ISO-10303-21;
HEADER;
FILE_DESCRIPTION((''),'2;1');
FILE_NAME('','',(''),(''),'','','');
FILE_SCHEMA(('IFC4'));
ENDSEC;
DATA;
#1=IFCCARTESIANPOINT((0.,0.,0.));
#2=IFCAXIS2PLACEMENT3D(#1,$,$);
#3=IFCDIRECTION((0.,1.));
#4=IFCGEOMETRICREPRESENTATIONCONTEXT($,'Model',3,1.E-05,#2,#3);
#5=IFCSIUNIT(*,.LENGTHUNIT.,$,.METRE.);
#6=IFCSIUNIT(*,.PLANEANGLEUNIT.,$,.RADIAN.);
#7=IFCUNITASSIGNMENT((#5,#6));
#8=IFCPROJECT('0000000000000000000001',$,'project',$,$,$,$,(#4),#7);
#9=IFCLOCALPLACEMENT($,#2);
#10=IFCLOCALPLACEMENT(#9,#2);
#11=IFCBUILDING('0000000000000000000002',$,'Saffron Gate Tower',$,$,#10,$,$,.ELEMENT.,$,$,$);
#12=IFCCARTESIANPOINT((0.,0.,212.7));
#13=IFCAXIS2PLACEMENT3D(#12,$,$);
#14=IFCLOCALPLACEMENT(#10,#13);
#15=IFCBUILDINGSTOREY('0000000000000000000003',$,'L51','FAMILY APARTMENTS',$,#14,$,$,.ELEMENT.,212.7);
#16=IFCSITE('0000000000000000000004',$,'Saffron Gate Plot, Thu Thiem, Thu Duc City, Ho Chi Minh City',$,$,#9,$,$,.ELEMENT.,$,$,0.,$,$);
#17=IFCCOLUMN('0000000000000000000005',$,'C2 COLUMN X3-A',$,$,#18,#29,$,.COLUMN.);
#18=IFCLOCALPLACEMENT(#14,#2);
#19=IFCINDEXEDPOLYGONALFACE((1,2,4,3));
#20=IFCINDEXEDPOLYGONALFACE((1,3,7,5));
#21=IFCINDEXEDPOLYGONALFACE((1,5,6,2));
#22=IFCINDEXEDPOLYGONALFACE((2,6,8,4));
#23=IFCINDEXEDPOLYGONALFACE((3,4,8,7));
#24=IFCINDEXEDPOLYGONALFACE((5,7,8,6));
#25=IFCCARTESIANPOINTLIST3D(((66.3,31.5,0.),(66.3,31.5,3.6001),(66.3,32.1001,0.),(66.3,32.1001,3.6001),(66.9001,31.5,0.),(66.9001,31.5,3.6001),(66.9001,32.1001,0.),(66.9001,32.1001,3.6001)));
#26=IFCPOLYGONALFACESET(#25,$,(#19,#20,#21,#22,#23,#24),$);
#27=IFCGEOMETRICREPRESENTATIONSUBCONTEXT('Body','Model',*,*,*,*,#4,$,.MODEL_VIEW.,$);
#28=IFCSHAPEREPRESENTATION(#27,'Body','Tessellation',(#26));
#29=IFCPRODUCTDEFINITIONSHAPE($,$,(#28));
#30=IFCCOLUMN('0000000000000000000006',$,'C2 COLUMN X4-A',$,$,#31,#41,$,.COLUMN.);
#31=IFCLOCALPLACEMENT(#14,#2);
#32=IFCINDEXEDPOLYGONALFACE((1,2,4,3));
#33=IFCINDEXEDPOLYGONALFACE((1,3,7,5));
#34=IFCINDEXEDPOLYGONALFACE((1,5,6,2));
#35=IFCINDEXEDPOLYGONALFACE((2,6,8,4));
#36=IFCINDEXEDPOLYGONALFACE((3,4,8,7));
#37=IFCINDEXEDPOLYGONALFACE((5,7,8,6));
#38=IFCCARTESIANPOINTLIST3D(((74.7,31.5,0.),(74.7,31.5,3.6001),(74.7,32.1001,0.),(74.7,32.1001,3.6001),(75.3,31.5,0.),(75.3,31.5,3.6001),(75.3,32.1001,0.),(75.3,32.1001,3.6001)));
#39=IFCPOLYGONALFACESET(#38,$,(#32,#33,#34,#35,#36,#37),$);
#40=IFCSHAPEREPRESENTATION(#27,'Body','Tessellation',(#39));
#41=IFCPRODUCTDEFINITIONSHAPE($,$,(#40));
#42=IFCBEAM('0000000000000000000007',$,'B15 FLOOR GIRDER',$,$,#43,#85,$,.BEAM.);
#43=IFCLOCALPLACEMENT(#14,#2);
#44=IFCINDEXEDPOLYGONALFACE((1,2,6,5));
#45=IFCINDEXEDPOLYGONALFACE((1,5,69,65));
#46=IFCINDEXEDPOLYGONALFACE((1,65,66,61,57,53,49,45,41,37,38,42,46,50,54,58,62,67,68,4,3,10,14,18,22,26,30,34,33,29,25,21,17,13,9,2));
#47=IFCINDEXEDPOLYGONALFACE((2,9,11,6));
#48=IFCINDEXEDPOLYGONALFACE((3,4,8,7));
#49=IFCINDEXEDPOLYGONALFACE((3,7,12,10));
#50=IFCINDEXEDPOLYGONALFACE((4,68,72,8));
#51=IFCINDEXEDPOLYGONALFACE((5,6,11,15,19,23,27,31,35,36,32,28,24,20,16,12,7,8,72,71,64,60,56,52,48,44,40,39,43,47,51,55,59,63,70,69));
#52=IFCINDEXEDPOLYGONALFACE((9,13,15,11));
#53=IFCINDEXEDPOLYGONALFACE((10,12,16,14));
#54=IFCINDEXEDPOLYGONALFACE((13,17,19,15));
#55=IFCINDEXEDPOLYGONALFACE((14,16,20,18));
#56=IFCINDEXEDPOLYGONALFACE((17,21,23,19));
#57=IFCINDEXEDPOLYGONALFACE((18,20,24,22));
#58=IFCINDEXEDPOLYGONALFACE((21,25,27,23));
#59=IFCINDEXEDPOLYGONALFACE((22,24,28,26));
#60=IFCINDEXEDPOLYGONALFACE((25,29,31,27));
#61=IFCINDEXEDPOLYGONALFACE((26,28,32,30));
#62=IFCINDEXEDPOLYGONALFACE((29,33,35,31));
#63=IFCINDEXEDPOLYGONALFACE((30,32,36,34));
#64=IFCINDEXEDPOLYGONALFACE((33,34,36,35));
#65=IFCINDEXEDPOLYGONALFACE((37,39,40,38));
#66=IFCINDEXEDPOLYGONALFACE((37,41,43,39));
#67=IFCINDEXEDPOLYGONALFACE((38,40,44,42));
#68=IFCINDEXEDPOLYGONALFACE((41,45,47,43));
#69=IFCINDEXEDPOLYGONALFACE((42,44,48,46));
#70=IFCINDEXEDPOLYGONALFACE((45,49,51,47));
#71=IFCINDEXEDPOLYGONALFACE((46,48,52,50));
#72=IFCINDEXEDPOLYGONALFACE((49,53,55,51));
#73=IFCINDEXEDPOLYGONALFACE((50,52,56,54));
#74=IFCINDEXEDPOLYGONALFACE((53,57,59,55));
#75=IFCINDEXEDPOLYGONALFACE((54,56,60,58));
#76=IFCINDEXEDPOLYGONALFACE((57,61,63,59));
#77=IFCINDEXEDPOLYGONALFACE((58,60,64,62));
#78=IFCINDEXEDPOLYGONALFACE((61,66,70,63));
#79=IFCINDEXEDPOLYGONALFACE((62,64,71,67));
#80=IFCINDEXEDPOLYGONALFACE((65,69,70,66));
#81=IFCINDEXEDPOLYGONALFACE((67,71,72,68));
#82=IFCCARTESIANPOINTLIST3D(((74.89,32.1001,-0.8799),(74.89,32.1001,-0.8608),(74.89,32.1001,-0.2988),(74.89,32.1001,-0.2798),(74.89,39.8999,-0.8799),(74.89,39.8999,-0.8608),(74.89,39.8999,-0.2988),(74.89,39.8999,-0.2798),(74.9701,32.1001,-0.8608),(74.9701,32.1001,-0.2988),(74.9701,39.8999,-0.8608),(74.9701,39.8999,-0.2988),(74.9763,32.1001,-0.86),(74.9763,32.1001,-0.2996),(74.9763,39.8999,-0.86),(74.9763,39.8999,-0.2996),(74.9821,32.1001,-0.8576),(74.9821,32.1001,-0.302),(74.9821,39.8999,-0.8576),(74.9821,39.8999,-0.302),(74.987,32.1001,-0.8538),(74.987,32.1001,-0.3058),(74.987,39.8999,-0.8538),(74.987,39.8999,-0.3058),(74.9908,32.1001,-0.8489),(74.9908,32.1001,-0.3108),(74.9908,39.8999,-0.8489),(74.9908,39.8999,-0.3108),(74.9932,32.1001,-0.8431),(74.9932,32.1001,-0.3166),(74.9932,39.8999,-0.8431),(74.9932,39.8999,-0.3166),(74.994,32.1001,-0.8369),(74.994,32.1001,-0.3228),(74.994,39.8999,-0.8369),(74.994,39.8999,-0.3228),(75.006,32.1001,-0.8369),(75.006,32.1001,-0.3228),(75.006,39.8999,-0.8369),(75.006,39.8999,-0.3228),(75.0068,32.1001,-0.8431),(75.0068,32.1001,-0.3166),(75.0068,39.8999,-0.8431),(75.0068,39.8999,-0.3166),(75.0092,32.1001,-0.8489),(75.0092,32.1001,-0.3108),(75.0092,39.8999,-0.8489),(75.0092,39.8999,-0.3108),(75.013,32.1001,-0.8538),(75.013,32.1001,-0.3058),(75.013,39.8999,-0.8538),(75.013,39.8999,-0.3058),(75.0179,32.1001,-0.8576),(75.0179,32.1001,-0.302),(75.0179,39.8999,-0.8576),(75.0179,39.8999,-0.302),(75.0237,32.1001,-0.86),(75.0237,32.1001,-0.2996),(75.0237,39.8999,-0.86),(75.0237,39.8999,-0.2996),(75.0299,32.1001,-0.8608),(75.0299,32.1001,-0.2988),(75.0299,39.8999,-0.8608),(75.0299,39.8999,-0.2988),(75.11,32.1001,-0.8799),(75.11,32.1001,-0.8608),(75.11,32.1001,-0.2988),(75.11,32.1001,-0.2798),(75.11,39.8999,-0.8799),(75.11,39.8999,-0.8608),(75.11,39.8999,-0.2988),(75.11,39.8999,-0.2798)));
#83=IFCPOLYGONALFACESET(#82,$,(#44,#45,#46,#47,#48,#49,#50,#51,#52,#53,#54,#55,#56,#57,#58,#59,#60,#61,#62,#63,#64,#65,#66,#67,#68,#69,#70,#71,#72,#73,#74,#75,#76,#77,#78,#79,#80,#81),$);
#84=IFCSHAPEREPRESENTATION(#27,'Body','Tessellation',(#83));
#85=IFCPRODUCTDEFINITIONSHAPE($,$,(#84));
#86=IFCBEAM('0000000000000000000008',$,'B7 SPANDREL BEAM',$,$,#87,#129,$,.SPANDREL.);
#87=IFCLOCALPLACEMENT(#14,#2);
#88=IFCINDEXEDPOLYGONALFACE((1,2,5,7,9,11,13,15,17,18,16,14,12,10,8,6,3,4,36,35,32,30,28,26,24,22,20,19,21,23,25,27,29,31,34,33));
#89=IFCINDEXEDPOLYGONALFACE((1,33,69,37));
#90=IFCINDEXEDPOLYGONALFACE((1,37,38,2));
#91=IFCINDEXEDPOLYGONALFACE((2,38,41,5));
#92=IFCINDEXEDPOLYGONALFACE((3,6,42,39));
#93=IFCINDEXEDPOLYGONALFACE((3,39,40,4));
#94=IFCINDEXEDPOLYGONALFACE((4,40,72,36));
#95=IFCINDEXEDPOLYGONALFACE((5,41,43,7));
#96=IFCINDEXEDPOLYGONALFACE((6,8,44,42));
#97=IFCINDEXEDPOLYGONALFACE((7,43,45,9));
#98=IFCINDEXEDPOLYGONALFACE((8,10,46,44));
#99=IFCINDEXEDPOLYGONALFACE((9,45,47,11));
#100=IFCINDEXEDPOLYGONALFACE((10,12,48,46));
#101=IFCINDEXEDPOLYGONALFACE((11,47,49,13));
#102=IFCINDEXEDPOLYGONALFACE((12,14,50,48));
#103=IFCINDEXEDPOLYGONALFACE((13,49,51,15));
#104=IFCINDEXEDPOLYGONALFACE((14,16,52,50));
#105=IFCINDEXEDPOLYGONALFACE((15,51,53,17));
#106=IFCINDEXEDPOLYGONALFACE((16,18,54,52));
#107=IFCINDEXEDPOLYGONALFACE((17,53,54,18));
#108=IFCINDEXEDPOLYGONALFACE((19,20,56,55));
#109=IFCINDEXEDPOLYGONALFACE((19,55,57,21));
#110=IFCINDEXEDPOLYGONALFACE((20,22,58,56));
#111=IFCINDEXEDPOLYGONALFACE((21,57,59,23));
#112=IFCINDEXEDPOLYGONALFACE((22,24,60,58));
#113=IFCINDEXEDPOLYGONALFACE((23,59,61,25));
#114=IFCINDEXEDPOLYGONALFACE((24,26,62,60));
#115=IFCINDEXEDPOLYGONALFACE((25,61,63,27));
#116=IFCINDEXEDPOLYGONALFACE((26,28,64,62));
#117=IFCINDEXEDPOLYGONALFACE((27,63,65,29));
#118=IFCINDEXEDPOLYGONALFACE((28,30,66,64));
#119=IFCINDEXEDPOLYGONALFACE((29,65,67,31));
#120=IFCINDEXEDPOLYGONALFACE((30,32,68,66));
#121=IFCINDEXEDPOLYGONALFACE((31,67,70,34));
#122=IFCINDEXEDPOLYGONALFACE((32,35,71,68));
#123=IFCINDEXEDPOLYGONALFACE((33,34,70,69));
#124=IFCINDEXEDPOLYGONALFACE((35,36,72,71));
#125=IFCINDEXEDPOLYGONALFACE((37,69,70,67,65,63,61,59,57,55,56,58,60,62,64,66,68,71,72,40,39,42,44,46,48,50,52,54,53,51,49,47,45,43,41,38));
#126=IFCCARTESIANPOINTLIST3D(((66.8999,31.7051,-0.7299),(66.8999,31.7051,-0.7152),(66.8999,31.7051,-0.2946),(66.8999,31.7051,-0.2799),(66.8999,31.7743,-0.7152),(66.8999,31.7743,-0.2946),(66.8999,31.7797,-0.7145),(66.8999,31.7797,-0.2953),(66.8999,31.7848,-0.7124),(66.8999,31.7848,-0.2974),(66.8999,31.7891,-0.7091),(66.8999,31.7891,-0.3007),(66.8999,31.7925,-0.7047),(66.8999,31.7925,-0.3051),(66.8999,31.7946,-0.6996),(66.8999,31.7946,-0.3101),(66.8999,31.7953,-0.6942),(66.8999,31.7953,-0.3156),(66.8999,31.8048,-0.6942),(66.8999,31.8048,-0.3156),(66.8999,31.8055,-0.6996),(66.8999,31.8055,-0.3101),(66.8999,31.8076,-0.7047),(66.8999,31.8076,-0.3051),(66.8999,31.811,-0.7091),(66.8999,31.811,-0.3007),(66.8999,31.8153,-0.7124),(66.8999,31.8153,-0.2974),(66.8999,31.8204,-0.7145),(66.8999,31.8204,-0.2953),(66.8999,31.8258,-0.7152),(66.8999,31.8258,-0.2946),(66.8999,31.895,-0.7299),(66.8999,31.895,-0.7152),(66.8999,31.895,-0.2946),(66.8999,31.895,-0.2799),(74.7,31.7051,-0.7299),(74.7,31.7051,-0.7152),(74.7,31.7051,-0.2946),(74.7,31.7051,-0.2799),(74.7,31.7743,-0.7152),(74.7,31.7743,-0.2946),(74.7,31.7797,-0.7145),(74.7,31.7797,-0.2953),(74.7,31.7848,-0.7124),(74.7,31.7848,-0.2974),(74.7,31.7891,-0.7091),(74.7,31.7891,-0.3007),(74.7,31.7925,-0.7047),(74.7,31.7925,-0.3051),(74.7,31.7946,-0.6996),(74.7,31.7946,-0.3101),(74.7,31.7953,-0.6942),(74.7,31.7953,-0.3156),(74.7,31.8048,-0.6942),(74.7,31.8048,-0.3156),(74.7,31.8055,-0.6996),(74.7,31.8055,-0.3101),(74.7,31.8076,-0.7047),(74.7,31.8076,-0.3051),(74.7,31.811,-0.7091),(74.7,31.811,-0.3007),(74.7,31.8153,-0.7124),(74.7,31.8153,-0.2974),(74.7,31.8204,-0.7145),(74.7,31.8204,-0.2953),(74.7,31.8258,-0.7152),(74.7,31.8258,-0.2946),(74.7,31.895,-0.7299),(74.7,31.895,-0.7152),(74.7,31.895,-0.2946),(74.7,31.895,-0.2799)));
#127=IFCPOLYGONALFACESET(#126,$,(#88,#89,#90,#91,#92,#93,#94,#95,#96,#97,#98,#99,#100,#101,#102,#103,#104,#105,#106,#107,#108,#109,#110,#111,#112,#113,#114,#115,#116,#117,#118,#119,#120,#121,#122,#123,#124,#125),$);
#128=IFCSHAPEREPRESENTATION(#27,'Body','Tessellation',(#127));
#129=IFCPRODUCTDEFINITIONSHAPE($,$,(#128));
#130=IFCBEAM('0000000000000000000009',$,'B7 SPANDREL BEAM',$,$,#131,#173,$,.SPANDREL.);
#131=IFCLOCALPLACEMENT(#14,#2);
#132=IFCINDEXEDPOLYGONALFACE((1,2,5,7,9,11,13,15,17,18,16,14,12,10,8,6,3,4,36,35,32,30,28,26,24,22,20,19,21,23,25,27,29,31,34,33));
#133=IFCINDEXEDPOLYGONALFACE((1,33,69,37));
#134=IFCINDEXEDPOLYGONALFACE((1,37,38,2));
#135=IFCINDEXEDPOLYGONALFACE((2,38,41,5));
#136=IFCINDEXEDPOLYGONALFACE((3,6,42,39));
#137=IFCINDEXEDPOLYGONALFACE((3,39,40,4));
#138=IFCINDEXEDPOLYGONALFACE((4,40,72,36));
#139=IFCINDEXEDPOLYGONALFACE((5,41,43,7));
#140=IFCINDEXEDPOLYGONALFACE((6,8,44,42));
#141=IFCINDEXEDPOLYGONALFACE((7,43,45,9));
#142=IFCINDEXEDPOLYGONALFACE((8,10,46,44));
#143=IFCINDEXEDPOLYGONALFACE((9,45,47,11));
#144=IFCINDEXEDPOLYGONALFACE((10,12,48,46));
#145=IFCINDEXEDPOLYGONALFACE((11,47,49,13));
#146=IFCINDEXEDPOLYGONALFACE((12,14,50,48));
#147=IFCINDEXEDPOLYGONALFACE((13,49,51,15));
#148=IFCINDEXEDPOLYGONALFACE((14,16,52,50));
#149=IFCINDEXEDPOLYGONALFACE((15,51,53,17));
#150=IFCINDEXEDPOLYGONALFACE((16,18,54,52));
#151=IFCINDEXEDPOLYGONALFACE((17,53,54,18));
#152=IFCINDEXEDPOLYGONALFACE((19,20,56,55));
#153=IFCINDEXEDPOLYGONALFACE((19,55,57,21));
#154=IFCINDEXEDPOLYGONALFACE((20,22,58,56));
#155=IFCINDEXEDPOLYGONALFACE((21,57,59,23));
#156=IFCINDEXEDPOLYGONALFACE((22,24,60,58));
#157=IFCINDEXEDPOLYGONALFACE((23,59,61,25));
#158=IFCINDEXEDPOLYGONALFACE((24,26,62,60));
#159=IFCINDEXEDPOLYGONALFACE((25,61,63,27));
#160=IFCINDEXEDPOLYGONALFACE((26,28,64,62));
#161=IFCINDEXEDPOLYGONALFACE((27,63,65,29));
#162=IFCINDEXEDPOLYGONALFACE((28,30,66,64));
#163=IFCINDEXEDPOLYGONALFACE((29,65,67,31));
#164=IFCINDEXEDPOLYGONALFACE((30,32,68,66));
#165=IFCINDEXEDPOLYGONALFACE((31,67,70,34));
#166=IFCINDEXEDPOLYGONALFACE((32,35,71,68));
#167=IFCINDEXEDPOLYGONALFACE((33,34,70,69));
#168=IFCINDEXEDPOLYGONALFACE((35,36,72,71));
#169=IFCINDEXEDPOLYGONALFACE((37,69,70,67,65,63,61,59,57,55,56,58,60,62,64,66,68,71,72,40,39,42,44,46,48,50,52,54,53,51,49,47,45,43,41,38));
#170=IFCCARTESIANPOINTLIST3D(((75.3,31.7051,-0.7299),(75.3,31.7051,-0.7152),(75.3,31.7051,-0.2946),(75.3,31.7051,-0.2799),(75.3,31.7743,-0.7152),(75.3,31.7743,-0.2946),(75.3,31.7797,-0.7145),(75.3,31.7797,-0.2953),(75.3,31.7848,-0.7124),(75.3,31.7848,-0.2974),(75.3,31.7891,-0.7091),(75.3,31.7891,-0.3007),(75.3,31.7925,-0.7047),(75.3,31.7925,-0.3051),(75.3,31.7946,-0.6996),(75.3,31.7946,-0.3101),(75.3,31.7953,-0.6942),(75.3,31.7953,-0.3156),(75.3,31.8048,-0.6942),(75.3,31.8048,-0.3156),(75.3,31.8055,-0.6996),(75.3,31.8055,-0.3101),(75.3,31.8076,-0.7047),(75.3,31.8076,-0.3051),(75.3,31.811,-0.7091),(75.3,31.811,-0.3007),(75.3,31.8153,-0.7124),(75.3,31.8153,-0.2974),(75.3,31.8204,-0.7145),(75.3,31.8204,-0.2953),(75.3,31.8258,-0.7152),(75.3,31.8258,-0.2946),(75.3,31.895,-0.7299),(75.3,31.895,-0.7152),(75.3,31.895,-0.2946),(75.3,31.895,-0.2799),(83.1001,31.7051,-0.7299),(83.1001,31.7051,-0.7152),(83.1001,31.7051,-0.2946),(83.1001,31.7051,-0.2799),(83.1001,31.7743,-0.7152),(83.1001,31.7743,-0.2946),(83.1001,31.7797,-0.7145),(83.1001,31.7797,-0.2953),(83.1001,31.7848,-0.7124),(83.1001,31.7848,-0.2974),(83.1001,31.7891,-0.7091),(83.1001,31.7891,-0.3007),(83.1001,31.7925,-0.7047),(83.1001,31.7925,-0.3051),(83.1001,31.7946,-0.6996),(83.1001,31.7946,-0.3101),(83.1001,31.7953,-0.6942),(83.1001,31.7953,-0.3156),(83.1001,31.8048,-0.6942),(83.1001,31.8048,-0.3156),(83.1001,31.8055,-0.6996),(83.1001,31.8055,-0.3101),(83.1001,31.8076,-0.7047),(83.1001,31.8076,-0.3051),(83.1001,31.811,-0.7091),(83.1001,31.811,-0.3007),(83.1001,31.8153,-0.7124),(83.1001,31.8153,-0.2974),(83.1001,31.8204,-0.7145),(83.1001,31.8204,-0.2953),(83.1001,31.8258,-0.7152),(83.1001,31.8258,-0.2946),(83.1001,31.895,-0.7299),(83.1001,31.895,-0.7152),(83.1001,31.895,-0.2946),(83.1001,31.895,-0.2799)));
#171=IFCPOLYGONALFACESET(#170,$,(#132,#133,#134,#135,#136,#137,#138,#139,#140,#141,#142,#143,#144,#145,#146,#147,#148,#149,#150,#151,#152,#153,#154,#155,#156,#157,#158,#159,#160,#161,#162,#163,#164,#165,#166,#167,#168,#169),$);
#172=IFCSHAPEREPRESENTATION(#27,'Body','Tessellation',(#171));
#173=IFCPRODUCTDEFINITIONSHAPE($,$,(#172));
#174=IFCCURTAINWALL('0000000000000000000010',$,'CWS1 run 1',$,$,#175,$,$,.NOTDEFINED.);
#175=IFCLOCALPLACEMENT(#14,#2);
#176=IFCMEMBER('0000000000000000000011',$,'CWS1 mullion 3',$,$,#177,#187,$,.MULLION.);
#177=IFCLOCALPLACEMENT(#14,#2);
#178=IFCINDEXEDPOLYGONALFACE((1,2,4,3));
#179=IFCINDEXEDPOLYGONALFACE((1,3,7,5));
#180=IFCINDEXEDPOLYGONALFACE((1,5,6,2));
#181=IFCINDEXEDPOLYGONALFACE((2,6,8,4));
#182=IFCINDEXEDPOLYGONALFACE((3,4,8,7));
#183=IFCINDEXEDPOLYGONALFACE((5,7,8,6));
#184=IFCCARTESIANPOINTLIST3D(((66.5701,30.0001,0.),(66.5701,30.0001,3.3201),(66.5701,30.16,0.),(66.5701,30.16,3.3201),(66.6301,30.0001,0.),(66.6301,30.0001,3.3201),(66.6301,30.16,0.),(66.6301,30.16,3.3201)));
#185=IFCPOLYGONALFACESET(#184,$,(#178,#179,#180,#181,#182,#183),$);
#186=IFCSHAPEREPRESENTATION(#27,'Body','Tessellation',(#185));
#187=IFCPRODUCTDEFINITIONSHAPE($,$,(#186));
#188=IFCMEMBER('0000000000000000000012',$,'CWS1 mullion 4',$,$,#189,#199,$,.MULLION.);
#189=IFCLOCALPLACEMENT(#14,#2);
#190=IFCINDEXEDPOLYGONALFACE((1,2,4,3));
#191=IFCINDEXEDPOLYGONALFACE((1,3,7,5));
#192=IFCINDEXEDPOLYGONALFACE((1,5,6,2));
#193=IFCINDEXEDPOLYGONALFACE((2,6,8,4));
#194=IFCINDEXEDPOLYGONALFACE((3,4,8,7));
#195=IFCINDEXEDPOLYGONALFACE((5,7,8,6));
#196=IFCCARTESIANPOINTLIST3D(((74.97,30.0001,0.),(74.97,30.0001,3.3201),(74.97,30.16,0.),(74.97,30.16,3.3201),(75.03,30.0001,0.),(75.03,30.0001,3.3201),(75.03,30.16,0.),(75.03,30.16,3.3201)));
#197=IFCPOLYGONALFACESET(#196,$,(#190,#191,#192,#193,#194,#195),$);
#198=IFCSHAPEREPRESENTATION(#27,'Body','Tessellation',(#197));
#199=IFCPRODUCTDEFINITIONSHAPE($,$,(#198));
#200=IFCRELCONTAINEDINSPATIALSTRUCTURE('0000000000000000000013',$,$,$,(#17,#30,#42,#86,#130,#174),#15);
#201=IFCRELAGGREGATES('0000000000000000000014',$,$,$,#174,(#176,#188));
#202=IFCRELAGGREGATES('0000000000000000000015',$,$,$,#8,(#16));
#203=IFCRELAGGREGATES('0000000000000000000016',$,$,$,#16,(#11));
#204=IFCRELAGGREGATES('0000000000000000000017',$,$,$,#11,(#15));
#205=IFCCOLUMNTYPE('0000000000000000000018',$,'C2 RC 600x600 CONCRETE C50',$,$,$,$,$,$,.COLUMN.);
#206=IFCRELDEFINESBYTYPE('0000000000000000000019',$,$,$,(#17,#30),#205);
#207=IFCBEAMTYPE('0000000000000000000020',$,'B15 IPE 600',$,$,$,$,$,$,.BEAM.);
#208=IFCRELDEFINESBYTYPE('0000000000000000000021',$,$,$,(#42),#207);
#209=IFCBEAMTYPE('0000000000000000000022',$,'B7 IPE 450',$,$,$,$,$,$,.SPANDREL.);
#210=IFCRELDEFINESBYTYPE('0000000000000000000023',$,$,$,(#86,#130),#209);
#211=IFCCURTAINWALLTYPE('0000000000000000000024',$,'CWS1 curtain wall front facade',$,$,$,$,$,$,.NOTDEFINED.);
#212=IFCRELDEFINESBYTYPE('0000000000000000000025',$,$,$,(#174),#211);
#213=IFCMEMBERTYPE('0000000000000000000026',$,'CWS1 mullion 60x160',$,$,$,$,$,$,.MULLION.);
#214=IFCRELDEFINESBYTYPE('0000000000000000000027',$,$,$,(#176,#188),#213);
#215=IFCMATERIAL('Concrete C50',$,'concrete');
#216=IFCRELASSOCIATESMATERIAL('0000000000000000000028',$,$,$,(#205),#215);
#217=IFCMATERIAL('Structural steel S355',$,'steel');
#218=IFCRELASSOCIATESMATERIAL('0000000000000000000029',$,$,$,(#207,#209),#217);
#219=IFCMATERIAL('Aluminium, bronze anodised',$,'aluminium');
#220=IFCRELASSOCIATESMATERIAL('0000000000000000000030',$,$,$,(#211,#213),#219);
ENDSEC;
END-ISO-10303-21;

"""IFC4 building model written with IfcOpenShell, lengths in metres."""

from ifc_helpers import new_model, si_unit, direction, frame, origin, origin_2d, place, context, subcontext, project, spatial, rectangle, i_section, extrude, material, material_profile, profile_set, type_object, element, aggregate, save


model = new_model("IFC4")

# Units and contexts
model_context = context("Model", 3, precision=1e-05, world=origin(), true_north=direction((0.0, 1.0)))
body_context = subcontext(model_context, "Body", "Model", "MODEL_VIEW")
ifc_project = project(units=[si_unit("LENGTHUNIT", "METRE"), si_unit("PLANEANGLEUNIT", "RADIAN")], contexts=[model_context])

# Site, building, storey
site_placement = place(None, origin())
site = spatial("IfcSite", under=ifc_project, at=site_placement, Name="Saffron Gate Plot, Thu Thiem, Thu Duc City, Ho Chi Minh City", CompositionType="ELEMENT", RefElevation=0.0)
building_placement = place(site_placement, origin())
building = spatial("IfcBuilding", under=site, at=building_placement, Name="Saffron Gate Tower", CompositionType="ELEMENT")
storey_placement = place(building_placement, frame((0.0, 0.0, 212.7)))
storey = spatial("IfcBuildingStorey", under=building, at=storey_placement, Name="L51", Description="FAMILY APARTMENTS", CompositionType="ELEMENT", Elevation=212.7)

# Columns
ifc_material_1 = material(Name="Concrete C50", Category="concrete")
ifc_material_profile_1 = material_profile(ifc_material_1, rectangle(XDim=0.6001, YDim=0.6001, at=origin_2d()))
ifc_profile_set_1 = profile_set([ifc_material_profile_1], Name="Concrete C50")
column_type = type_object("IfcColumnType", Name="C2 RC 600x600 CONCRETE C50", PredefinedType="COLUMN", material=ifc_profile_set_1)
for number, where, z_axis, x_axis, name in (
    (1, (66.6001, 31.8, 0.0), (0.0, 0.0, 1.0), (1.0, 0.0, 0.0), "C2 COLUMN X3-A"),
    (2, (75.0, 31.8, 0.0), (0.0, 0.0, 1.0), (1.0, 0.0, 0.0), "C2 COLUMN X4-A"),
):
    element("IfcColumn", number, at=place(storey_placement, frame(where, z_axis=z_axis, x_axis=x_axis)), inside=storey, type_object=column_type, Name=name, PredefinedType="COLUMN", context=body_context, shape_type="SweptSolid", body=[
        extrude(rectangle(XDim=0.6001, YDim=0.6001, at=origin_2d()), origin(), (0.0, 0.0, 1.0), 3.6001),
    ])

# Beams
ifc_material_2 = material(Name="Structural steel S355", Category="steel")
ifc_material_profile_2 = material_profile(ifc_material_2, i_section(OverallWidth=0.22, OverallDepth=0.6001, WebThickness=0.012, FlangeThickness=0.019, FilletRadius=0.0239, at=origin_2d()))
ifc_profile_set_2 = profile_set([ifc_material_profile_2], Name="Structural steel S355")
beam_type_1 = type_object("IfcBeamType", Name="B15 IPE 600", PredefinedType="BEAM", material=ifc_profile_set_2)
beam_placement = place(storey_placement, frame((75.0, 32.1001, -0.5798), z_axis=(0.0, 1.0, 0.0), x_axis=(-1.0, 0.0, 0.0)))
element("IfcBeam", 3, at=beam_placement, inside=storey, type_object=beam_type_1, Name="B15 FLOOR GIRDER", PredefinedType="BEAM", context=body_context, shape_type="SweptSolid", body=[
    extrude(i_section(OverallWidth=0.22, OverallDepth=0.6001, WebThickness=0.012, FlangeThickness=0.019, FilletRadius=0.0239, at=origin_2d()), origin(), (0.0, 0.0, 1.0), 7.7998),
])
ifc_material_profile_3 = material_profile(ifc_material_2, i_section(OverallWidth=0.1899, OverallDepth=0.45, WebThickness=0.0095, FlangeThickness=0.0146, FilletRadius=0.021, at=origin_2d()))
ifc_profile_set_3 = profile_set([ifc_material_profile_3], Name="Structural steel S355")
beam_type_2 = type_object("IfcBeamType", Name="B7 IPE 450", PredefinedType="SPANDREL", material=ifc_profile_set_3)
for number, where, z_axis, x_axis, name in (
    (4, (66.8999, 31.8, -0.5049), (1.0, 0.0, 0.0), (0.0, 1.0, 0.0), "B7 SPANDREL BEAM"),
    (5, (75.3, 31.8, -0.5049), (1.0, 0.0, 0.0), (0.0, 1.0, 0.0), "B7 SPANDREL BEAM"),
):
    element("IfcBeam", number, at=place(storey_placement, frame(where, z_axis=z_axis, x_axis=x_axis)), inside=storey, type_object=beam_type_2, Name=name, PredefinedType="SPANDREL", context=body_context, shape_type="SweptSolid", body=[
        extrude(i_section(OverallWidth=0.1899, OverallDepth=0.45, WebThickness=0.0095, FlangeThickness=0.0146, FilletRadius=0.021, at=origin_2d()), origin(), (0.0, 0.0, 1.0), 7.8),
    ])

# Curtain wall, members
ifc_material_3 = material(Name="Aluminium, bronze anodised", Category="aluminium")
curtain_wall_type = type_object("IfcCurtainWallType", Name="CWS1 curtain wall front facade", PredefinedType="NOTDEFINED", material=ifc_material_3)
curtain_wall_placement = place(storey_placement, origin())
curtain_wall = element("IfcCurtainWall", 6, at=curtain_wall_placement, inside=storey, type_object=curtain_wall_type, Name="CWS1 run 1", PredefinedType="NOTDEFINED")
ifc_material_profile_4 = material_profile(ifc_material_3, rectangle(XDim=0.1599, YDim=0.0601, at=origin_2d()))
ifc_profile_set_4 = profile_set([ifc_material_profile_4], Name="Aluminium, bronze anodised")
member_type = type_object("IfcMemberType", Name="CWS1 mullion 60x160", PredefinedType="MULLION", material=ifc_profile_set_4)
member_1_placement = place(storey_placement, frame((66.6001, 30.0801, 0.0), z_axis=(0.0, 0.0, 1.0), x_axis=(0.0, 1.0, 0.0)))
member_1 = element("IfcMember", 7, at=member_1_placement, type_object=member_type, Name="CWS1 mullion 3", PredefinedType="MULLION", context=body_context, shape_type="SweptSolid", body=[
    extrude(rectangle(XDim=0.1599, YDim=0.0601, at=origin_2d()), origin(), (0.0, 0.0, 1.0), 3.3201),
])
member_2_placement = place(storey_placement, frame((75.0, 30.0801, 0.0), z_axis=(0.0, 0.0, 1.0), x_axis=(0.0, 1.0, 0.0)))
member_2 = element("IfcMember", 8, at=member_2_placement, type_object=member_type, Name="CWS1 mullion 4", PredefinedType="MULLION", context=body_context, shape_type="SweptSolid", body=[
    extrude(rectangle(XDim=0.1599, YDim=0.0601, at=origin_2d()), origin(), (0.0, 0.0, 1.0), 3.3201),
])
aggregate(curtain_wall, [member_1, member_2])

save(model, "model.ifc")
